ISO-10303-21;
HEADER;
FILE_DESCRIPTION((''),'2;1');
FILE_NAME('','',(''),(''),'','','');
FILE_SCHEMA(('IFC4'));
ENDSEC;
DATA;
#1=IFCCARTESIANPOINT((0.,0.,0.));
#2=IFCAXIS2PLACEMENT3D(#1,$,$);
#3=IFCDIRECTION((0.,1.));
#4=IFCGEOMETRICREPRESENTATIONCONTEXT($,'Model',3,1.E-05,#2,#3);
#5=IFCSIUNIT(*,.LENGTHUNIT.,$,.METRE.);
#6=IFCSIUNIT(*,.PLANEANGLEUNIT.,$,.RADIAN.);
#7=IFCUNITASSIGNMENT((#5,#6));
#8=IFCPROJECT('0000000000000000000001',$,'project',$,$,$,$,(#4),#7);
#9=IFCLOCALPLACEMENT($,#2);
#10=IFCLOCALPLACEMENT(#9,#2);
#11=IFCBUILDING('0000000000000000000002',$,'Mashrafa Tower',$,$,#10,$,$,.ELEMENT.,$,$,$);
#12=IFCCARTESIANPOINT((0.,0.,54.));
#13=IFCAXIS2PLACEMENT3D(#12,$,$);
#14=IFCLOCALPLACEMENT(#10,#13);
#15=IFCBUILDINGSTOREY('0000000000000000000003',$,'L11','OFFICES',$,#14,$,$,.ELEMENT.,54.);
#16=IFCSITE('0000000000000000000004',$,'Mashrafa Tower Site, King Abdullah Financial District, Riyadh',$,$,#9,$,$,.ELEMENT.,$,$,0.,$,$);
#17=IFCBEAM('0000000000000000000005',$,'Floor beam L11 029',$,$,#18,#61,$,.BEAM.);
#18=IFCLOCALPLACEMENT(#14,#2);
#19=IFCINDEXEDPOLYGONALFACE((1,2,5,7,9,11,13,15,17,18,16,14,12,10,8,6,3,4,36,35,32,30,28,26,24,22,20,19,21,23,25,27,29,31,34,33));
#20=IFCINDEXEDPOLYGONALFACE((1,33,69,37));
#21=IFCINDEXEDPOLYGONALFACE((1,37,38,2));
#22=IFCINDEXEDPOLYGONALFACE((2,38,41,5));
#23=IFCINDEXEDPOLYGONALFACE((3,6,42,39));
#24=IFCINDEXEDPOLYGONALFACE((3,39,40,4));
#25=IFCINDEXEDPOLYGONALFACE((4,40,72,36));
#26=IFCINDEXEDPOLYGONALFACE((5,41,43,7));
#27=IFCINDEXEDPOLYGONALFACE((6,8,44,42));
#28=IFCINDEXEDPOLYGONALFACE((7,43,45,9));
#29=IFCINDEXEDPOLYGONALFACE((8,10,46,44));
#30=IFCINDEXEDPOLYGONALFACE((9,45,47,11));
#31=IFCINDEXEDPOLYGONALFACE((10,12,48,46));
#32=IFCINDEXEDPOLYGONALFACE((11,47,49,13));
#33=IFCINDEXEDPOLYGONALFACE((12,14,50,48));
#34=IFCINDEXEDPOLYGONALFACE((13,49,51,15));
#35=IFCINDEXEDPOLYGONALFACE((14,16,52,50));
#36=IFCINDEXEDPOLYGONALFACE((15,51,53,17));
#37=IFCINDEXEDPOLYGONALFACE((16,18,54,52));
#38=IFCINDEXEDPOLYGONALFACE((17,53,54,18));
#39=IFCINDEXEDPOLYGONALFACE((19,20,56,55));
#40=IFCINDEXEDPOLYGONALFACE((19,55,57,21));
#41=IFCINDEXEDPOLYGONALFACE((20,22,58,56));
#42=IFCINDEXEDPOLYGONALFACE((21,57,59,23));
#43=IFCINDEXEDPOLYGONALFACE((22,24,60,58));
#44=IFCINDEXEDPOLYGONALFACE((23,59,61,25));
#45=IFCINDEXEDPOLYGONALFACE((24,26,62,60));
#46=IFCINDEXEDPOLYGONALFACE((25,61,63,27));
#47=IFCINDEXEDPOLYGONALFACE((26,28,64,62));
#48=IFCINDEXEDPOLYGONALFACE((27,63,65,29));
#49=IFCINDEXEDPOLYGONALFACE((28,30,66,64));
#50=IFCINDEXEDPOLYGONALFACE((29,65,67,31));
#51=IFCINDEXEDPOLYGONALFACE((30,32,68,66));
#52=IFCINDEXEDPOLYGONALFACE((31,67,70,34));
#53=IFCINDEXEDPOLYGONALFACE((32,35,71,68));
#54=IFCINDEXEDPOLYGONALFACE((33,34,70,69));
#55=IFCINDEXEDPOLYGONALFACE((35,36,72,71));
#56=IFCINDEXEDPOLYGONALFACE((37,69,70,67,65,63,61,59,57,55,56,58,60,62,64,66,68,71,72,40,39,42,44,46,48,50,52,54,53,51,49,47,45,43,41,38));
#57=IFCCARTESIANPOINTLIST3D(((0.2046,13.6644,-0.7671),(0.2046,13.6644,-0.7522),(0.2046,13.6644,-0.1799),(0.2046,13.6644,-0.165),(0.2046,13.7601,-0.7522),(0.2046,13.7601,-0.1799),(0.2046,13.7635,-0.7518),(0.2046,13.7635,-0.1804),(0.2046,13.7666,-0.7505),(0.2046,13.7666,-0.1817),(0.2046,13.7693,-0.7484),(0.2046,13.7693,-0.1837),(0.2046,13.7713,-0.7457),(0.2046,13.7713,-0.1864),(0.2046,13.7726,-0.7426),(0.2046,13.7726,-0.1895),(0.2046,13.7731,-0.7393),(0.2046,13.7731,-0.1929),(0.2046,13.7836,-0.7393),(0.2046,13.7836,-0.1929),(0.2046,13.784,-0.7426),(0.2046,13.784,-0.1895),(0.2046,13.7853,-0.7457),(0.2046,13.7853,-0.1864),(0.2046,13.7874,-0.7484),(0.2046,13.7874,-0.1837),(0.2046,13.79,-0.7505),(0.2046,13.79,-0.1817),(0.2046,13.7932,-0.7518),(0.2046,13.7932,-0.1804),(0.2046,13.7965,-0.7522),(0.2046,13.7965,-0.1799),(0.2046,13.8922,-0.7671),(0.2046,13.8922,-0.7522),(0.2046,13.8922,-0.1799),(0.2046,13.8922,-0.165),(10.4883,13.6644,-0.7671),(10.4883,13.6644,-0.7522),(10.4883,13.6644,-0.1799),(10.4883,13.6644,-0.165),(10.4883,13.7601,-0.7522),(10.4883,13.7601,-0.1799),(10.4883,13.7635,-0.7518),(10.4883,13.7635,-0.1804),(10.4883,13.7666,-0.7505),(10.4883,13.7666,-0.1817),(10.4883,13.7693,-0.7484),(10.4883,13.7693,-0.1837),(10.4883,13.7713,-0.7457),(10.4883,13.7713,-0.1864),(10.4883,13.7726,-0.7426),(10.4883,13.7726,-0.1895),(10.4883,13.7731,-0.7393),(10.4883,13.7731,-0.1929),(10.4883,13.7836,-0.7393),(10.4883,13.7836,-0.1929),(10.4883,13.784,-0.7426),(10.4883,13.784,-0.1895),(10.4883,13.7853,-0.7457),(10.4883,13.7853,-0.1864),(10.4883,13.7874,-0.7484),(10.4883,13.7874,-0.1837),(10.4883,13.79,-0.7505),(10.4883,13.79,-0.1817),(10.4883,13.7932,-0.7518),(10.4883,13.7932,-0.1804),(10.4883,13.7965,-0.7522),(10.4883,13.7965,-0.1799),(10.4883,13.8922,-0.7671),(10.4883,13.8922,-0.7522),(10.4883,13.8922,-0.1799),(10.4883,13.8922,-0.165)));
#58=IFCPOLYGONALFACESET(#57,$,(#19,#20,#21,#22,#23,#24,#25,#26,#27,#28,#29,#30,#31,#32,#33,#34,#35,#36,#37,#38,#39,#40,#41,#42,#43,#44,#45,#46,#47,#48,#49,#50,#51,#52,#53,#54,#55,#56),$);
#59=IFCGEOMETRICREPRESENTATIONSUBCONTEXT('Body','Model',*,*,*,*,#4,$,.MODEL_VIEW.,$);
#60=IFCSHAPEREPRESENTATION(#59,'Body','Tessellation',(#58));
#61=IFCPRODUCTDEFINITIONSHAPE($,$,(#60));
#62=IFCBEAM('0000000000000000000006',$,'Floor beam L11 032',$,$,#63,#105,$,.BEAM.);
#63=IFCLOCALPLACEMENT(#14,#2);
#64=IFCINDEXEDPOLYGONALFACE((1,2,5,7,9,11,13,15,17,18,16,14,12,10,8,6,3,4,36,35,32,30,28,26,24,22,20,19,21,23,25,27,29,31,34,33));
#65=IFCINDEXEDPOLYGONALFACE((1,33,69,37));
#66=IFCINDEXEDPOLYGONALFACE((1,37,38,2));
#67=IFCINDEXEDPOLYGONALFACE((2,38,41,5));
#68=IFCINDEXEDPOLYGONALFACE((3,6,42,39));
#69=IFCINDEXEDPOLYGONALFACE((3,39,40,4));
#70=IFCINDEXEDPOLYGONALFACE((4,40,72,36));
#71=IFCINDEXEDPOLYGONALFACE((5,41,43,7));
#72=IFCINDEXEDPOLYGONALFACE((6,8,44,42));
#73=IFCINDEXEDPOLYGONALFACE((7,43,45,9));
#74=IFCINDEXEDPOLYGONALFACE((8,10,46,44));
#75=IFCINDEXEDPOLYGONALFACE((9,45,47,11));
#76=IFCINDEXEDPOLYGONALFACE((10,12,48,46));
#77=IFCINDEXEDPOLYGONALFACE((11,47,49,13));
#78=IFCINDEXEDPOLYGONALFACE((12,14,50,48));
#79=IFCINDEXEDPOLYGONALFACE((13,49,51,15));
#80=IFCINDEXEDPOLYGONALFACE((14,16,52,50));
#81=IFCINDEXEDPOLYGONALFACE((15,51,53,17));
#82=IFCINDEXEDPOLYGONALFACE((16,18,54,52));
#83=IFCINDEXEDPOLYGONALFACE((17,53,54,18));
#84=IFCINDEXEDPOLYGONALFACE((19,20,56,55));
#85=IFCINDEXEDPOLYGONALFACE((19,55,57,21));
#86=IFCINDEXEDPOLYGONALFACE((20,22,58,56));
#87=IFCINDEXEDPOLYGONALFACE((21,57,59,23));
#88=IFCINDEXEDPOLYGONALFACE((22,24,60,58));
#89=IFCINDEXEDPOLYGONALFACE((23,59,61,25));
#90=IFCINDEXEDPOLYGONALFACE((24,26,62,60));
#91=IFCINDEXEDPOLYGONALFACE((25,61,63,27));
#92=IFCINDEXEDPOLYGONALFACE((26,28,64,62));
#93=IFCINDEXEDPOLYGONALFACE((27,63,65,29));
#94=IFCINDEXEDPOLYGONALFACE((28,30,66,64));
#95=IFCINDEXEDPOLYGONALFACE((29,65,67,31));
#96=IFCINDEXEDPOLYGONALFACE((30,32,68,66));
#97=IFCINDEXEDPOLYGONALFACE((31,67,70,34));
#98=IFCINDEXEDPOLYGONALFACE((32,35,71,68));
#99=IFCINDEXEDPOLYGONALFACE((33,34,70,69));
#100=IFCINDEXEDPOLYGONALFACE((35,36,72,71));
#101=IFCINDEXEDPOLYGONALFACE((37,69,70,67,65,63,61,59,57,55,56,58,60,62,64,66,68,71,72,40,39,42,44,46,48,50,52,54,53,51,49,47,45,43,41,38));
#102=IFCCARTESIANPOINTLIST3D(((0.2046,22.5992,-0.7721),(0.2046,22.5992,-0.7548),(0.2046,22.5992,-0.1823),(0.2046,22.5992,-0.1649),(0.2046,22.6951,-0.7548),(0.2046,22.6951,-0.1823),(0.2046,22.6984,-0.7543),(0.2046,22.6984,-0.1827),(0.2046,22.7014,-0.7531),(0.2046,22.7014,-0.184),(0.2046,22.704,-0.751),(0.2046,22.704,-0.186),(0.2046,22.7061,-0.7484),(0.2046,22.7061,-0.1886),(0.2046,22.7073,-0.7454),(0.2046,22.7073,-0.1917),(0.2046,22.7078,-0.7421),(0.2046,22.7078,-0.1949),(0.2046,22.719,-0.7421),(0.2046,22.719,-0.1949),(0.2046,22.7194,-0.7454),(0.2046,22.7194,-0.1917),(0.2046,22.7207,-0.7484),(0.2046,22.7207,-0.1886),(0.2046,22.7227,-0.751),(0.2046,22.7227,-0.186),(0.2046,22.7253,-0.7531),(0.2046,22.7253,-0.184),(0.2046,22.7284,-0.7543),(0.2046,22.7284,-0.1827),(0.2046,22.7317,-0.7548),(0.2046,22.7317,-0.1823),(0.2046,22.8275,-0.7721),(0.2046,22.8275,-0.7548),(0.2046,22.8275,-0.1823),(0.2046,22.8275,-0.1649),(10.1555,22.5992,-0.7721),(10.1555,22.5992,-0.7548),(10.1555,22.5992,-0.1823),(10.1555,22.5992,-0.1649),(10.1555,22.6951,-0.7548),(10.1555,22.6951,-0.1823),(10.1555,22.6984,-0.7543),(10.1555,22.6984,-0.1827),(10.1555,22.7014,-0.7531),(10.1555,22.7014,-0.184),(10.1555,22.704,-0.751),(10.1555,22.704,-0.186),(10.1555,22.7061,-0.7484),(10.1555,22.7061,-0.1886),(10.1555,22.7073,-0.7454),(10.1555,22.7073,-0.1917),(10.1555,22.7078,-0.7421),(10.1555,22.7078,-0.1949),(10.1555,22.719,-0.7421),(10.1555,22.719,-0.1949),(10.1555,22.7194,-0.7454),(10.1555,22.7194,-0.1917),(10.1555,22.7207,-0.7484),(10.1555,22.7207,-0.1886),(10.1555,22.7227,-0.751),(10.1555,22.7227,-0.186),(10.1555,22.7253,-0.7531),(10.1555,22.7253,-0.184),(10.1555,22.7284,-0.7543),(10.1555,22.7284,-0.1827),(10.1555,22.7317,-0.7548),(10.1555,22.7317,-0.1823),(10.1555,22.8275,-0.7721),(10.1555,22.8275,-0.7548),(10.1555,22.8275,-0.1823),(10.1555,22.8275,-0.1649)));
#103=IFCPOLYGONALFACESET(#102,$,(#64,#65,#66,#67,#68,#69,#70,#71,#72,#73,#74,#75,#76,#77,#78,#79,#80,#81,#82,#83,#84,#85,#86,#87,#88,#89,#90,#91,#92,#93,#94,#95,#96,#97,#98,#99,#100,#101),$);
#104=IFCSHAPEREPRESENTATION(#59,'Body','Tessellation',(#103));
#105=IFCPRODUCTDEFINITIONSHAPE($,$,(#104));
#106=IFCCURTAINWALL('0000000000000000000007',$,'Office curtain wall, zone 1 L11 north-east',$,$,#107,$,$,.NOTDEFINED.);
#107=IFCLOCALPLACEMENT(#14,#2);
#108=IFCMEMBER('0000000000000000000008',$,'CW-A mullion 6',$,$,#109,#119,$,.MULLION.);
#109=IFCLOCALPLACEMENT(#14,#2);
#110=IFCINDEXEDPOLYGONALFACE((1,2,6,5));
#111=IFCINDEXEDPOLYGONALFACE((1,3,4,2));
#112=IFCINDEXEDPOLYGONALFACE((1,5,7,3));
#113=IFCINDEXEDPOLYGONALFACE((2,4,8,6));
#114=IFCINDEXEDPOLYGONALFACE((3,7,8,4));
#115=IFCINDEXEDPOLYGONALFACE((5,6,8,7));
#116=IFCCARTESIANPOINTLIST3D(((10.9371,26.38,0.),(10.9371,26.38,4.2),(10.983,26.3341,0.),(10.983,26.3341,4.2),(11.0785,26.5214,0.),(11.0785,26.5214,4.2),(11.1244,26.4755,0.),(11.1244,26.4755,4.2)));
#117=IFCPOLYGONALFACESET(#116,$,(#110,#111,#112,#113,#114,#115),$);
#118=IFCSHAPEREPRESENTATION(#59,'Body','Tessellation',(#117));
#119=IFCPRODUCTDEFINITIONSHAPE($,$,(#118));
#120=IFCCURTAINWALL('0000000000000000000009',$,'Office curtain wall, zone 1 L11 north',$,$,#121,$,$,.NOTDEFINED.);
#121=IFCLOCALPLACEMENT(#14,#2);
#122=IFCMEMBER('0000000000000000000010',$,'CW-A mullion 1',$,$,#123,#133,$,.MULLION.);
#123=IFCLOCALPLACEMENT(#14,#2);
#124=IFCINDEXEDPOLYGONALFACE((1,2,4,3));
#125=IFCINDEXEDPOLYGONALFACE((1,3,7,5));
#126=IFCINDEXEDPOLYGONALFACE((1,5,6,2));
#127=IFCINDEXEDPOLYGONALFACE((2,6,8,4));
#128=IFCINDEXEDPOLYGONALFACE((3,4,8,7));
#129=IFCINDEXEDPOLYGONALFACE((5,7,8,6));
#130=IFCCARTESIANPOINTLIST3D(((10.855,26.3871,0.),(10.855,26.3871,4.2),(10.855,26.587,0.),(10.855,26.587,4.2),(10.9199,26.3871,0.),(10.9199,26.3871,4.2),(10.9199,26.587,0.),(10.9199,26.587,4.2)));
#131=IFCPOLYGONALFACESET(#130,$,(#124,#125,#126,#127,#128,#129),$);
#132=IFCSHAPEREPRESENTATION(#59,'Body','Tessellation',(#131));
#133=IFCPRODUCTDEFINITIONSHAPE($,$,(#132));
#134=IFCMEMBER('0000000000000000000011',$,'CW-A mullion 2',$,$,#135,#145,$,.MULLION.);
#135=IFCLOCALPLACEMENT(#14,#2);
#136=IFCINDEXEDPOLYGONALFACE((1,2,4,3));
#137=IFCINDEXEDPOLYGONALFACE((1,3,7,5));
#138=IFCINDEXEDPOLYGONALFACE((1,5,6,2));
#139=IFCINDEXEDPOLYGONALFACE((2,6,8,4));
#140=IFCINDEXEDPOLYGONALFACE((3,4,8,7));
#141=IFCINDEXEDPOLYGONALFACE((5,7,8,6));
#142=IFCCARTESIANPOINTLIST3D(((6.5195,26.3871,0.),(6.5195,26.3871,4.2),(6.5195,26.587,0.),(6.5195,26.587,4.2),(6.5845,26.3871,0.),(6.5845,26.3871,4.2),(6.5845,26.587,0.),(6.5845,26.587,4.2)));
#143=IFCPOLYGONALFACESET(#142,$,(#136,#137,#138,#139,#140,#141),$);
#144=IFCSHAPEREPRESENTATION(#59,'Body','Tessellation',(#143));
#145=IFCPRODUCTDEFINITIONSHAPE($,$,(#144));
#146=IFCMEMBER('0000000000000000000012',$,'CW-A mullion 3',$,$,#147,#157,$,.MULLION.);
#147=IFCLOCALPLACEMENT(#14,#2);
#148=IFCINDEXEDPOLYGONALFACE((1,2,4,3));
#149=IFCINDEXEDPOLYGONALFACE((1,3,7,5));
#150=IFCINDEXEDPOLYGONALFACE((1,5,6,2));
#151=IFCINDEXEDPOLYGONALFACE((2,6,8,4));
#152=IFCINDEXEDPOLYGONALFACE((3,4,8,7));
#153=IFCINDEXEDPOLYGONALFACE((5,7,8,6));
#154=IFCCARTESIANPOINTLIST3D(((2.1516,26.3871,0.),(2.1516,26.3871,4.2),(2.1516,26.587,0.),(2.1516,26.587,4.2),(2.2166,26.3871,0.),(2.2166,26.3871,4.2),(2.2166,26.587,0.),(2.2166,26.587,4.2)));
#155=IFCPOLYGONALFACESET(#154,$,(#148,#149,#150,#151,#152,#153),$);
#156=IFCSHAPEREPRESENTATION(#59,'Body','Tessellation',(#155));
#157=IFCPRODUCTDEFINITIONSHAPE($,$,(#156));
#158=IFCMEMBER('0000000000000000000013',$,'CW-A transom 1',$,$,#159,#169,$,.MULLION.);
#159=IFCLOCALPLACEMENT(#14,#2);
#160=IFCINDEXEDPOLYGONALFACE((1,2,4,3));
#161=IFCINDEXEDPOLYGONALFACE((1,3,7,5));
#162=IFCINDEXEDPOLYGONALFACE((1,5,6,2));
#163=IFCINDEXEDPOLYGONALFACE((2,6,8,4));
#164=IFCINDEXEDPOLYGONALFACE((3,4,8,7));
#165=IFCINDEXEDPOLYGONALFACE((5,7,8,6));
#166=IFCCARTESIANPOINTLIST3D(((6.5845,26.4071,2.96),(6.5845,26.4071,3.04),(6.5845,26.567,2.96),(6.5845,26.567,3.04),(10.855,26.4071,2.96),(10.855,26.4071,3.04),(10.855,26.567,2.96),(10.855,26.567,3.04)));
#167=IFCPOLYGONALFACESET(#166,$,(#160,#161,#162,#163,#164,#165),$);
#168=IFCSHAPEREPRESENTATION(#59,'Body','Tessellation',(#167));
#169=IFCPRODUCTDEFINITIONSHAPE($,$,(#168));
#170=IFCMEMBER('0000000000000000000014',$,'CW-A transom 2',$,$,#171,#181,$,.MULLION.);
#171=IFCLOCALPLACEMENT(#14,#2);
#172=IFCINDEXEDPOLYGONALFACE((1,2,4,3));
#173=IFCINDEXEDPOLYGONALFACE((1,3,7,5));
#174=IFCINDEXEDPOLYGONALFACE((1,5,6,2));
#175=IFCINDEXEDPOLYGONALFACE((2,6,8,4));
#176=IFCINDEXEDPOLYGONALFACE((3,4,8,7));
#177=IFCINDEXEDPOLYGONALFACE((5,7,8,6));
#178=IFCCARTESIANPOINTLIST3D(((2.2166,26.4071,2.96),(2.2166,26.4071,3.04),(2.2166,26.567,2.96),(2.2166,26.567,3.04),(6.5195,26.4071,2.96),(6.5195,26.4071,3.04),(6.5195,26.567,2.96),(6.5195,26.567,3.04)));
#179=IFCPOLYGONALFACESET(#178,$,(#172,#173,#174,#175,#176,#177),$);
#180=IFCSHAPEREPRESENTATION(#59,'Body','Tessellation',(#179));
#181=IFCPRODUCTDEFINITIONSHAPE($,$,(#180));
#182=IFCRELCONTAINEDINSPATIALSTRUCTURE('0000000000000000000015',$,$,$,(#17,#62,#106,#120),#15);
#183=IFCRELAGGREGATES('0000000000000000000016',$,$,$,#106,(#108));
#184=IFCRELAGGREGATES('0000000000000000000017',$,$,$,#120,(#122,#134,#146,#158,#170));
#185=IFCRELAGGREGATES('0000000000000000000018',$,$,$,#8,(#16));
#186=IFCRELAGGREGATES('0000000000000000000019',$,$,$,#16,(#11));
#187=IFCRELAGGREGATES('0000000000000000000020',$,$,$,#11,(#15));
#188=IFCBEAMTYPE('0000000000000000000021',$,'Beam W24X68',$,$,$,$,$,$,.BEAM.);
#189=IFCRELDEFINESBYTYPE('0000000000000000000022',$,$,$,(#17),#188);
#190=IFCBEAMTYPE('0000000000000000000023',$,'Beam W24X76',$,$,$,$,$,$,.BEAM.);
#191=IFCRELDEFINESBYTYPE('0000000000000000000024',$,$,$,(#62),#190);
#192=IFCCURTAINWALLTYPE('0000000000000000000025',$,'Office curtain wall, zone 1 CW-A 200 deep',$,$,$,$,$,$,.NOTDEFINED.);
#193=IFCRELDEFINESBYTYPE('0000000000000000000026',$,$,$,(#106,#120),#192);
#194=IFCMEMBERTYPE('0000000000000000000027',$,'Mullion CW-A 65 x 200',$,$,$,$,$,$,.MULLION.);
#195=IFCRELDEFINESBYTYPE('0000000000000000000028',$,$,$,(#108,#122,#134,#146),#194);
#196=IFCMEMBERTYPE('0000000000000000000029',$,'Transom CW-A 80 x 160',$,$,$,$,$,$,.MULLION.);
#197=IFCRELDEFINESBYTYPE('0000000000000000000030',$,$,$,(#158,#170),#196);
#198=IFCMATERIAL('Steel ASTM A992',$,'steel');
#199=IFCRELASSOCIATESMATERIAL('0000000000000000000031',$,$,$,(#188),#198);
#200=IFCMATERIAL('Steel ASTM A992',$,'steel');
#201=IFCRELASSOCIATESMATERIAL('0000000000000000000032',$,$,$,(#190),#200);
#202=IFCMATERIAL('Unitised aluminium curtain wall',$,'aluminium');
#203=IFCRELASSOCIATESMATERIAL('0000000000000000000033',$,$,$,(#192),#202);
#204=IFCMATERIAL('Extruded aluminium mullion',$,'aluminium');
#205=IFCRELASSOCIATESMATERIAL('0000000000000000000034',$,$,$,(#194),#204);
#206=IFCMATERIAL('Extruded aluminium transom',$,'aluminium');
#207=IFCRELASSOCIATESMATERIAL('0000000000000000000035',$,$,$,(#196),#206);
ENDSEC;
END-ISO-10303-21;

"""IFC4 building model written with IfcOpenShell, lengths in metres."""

from ifc_helpers import new_model, si_unit, direction, frame, origin, origin_2d, place, context, subcontext, project, spatial, rectangle, i_section, extrude, source, transform, mapped, material, material_profile, profile_set, type_object, type_shapes, element, aggregate, save


model = new_model("IFC4")

# Units and contexts
model_context = context("Model", 3, precision=1e-05, world=origin(), true_north=direction((0.0, 1.0)))
body_context = subcontext(model_context, "Body", "Model", "MODEL_VIEW")
ifc_project = project(units=[si_unit("LENGTHUNIT", "METRE"), si_unit("PLANEANGLEUNIT", "RADIAN")], contexts=[model_context])

# Site, building, storey
site_placement = place(None, origin())
site = spatial("IfcSite", under=ifc_project, at=site_placement, Name="Mashrafa Tower Site, King Abdullah Financial District, Riyadh", CompositionType="ELEMENT", RefElevation=0.0)
building_placement = place(site_placement, origin())
building = spatial("IfcBuilding", under=site, at=building_placement, Name="Mashrafa Tower", CompositionType="ELEMENT")
storey_placement = place(building_placement, frame((0.0, 0.0, 54.0)))
storey = spatial("IfcBuildingStorey", under=building, at=storey_placement, Name="L11", Description="OFFICES", CompositionType="ELEMENT", Elevation=54.0)

# Beams
ifc_material_1 = material(Name="Steel ASTM A992", Category="steel")
ifc_material_profile_1 = material_profile(ifc_material_1, i_section(OverallWidth=0.2278, OverallDepth=0.6021, WebThickness=0.0105, FlangeThickness=0.0149, FilletRadius=0.0129, at=origin_2d()), Name="W24X68")
ifc_profile_set_1 = profile_set([ifc_material_profile_1], Name="Steel ASTM A992")
beam_type_1 = type_object("IfcBeamType", Name="Beam W24X68", PredefinedType="BEAM", material=ifc_profile_set_1)
beam_1_placement = place(storey_placement, frame((0.2046, 13.7783, -0.4661), z_axis=(1.0, 0.0, 0.0), x_axis=(0.0, 1.0, 0.0)))
element("IfcBeam", 1, at=beam_1_placement, inside=storey, type_object=beam_type_1, Name="Floor beam L11 029", PredefinedType="BEAM", context=body_context, shape_type="SweptSolid", body=[
    extrude(i_section(OverallWidth=0.2278, OverallDepth=0.6021, WebThickness=0.0105, FlangeThickness=0.0149, FilletRadius=0.0129, at=origin_2d()), origin(), (0.0, 0.0, 1.0), 10.2837),
])
ifc_material_2 = material(Name="Steel ASTM A992", Category="steel")
ifc_material_profile_2 = material_profile(ifc_material_2, i_section(OverallWidth=0.2283, OverallDepth=0.6072, WebThickness=0.0112, FlangeThickness=0.0173, FilletRadius=0.0127, at=origin_2d()), Name="W24X76")
ifc_profile_set_2 = profile_set([ifc_material_profile_2], Name="Steel ASTM A992")
beam_type_2 = type_object("IfcBeamType", Name="Beam W24X76", PredefinedType="BEAM", material=ifc_profile_set_2)
beam_2_placement = place(storey_placement, frame((0.2046, 22.7134, -0.4685), z_axis=(1.0, 0.0, 0.0), x_axis=(0.0, 1.0, 0.0)))
element("IfcBeam", 2, at=beam_2_placement, inside=storey, type_object=beam_type_2, Name="Floor beam L11 032", PredefinedType="BEAM", context=body_context, shape_type="SweptSolid", body=[
    extrude(i_section(OverallWidth=0.2283, OverallDepth=0.6072, WebThickness=0.0112, FlangeThickness=0.0173, FilletRadius=0.0127, at=origin_2d()), origin(), (0.0, 0.0, 1.0), 9.9509),
])

# Curtain wall, member
ifc_material_3 = material(Name="Unitised aluminium curtain wall", Category="aluminium")
curtain_wall_type = type_object("IfcCurtainWallType", Name="Office curtain wall, zone 1 CW-A 200 deep", PredefinedType="NOTDEFINED", material=ifc_material_3)
curtain_wall_1_placement = place(storey_placement, origin())
curtain_wall_1 = element("IfcCurtainWall", 3, at=curtain_wall_1_placement, inside=storey, type_object=curtain_wall_type, Name="Office curtain wall, zone 1 L11 north-east", PredefinedType="NOTDEFINED")
ifc_material_4 = material(Name="Extruded aluminium mullion", Category="aluminium")
ifc_material_profile_3 = material_profile(ifc_material_4, rectangle(XDim=0.2, YDim=0.0649, at=origin_2d()), Name="Mullion 65x200")
ifc_profile_set_3 = profile_set([ifc_material_profile_3], Name="Extruded aluminium mullion")
member_type_1 = type_object("IfcMemberType", Name="Mullion CW-A 65 x 200", PredefinedType="MULLION", material=ifc_profile_set_3)
shared_shape_1 = source(origin(), body_context, "Body", "SweptSolid", [
    extrude(rectangle(XDim=0.2, YDim=0.0649, at=origin_2d()), origin(), (0.0, 0.0, 1.0), 4.2),
])
type_shapes(member_type_1, [shared_shape_1])
member_1_placement = place(storey_placement, frame((11.0308, 26.4277, 0.0), z_axis=(0.0, 0.0, 1.0), x_axis=(-0.707107, -0.707107, 0.0)))
member_1 = element("IfcMember", 4, at=member_1_placement, type_object=member_type_1, Name="CW-A mullion 6", PredefinedType="MULLION", context=body_context, shape_type="MappedRepresentation", body=[
    mapped(shared_shape_1, transform((0.0, 0.0, 0.0))),
])

# Curtain wall, members
curtain_wall_2_placement = place(storey_placement, origin())
curtain_wall_2 = element("IfcCurtainWall", 5, at=curtain_wall_2_placement, inside=storey, type_object=curtain_wall_type, Name="Office curtain wall, zone 1 L11 north", PredefinedType="NOTDEFINED")
member_2_placement = place(storey_placement, frame((10.8875, 26.4871, 0.0), z_axis=(0.0, 0.0, 1.0), x_axis=(0.0, -1.0, 0.0)))
member_2 = element("IfcMember", 6, at=member_2_placement, type_object=member_type_1, Name="CW-A mullion 1", PredefinedType="MULLION", context=body_context, shape_type="MappedRepresentation", body=[
    mapped(shared_shape_1, transform((0.0, 0.0, 0.0))),
])
member_3_placement = place(storey_placement, frame((6.552, 26.4871, 0.0), z_axis=(0.0, 0.0, 1.0), x_axis=(0.0, -1.0, 0.0)))
member_3 = element("IfcMember", 7, at=member_3_placement, type_object=member_type_1, Name="CW-A mullion 2", PredefinedType="MULLION", context=body_context, shape_type="MappedRepresentation", body=[
    mapped(shared_shape_1, transform((0.0, 0.0, 0.0))),
])
member_4_placement = place(storey_placement, frame((2.1841, 26.4871, 0.0), z_axis=(0.0, 0.0, 1.0), x_axis=(0.0, -1.0, 0.0)))
member_4 = element("IfcMember", 8, at=member_4_placement, type_object=member_type_1, Name="CW-A mullion 3", PredefinedType="MULLION", context=body_context, shape_type="MappedRepresentation", body=[
    mapped(shared_shape_1, transform((0.0, 0.0, 0.0))),
])
ifc_material_5 = material(Name="Extruded aluminium transom", Category="aluminium")
ifc_material_profile_4 = material_profile(ifc_material_5, rectangle(XDim=0.1599, YDim=0.0801, at=origin_2d()), Name="Transom 80x160")
ifc_profile_set_4 = profile_set([ifc_material_profile_4], Name="Extruded aluminium transom")
member_type_2 = type_object("IfcMemberType", Name="Transom CW-A 80 x 160", PredefinedType="MULLION", material=ifc_profile_set_4)
shared_shape_2 = source(origin(), body_context, "Body", "SweptSolid", [
    extrude(rectangle(XDim=0.1599, YDim=0.0801, at=origin_2d()), origin(), (0.0, 0.0, 1.0), 4.2705),
])
member_5_placement = place(storey_placement, frame((10.855, 26.4871, 3.0), z_axis=(-1.0, 0.0, 0.0), x_axis=(0.0, -1.0, 0.0)))
member_5 = element("IfcMember", 9, at=member_5_placement, type_object=member_type_2, Name="CW-A transom 1", PredefinedType="MULLION", context=body_context, shape_type="MappedRepresentation", body=[
    mapped(shared_shape_2, transform((0.0, 0.0, 0.0))),
])
shared_shape_3 = source(origin(), body_context, "Body", "SweptSolid", [
    extrude(rectangle(XDim=0.1599, YDim=0.0801, at=origin_2d()), origin(), (0.0, 0.0, 1.0), 4.303),
])
member_6_placement = place(storey_placement, frame((6.5195, 26.4871, 3.0), z_axis=(-1.0, 0.0, 0.0), x_axis=(0.0, -1.0, 0.0)))
member_6 = element("IfcMember", 10, at=member_6_placement, type_object=member_type_2, Name="CW-A transom 2", PredefinedType="MULLION", context=body_context, shape_type="MappedRepresentation", body=[
    mapped(shared_shape_3, transform((0.0, 0.0, 0.0))),
])

aggregate(curtain_wall_1, [member_1])
aggregate(curtain_wall_2, [member_2, member_3, member_4, member_5, member_6])

save(model, "model.ifc")
